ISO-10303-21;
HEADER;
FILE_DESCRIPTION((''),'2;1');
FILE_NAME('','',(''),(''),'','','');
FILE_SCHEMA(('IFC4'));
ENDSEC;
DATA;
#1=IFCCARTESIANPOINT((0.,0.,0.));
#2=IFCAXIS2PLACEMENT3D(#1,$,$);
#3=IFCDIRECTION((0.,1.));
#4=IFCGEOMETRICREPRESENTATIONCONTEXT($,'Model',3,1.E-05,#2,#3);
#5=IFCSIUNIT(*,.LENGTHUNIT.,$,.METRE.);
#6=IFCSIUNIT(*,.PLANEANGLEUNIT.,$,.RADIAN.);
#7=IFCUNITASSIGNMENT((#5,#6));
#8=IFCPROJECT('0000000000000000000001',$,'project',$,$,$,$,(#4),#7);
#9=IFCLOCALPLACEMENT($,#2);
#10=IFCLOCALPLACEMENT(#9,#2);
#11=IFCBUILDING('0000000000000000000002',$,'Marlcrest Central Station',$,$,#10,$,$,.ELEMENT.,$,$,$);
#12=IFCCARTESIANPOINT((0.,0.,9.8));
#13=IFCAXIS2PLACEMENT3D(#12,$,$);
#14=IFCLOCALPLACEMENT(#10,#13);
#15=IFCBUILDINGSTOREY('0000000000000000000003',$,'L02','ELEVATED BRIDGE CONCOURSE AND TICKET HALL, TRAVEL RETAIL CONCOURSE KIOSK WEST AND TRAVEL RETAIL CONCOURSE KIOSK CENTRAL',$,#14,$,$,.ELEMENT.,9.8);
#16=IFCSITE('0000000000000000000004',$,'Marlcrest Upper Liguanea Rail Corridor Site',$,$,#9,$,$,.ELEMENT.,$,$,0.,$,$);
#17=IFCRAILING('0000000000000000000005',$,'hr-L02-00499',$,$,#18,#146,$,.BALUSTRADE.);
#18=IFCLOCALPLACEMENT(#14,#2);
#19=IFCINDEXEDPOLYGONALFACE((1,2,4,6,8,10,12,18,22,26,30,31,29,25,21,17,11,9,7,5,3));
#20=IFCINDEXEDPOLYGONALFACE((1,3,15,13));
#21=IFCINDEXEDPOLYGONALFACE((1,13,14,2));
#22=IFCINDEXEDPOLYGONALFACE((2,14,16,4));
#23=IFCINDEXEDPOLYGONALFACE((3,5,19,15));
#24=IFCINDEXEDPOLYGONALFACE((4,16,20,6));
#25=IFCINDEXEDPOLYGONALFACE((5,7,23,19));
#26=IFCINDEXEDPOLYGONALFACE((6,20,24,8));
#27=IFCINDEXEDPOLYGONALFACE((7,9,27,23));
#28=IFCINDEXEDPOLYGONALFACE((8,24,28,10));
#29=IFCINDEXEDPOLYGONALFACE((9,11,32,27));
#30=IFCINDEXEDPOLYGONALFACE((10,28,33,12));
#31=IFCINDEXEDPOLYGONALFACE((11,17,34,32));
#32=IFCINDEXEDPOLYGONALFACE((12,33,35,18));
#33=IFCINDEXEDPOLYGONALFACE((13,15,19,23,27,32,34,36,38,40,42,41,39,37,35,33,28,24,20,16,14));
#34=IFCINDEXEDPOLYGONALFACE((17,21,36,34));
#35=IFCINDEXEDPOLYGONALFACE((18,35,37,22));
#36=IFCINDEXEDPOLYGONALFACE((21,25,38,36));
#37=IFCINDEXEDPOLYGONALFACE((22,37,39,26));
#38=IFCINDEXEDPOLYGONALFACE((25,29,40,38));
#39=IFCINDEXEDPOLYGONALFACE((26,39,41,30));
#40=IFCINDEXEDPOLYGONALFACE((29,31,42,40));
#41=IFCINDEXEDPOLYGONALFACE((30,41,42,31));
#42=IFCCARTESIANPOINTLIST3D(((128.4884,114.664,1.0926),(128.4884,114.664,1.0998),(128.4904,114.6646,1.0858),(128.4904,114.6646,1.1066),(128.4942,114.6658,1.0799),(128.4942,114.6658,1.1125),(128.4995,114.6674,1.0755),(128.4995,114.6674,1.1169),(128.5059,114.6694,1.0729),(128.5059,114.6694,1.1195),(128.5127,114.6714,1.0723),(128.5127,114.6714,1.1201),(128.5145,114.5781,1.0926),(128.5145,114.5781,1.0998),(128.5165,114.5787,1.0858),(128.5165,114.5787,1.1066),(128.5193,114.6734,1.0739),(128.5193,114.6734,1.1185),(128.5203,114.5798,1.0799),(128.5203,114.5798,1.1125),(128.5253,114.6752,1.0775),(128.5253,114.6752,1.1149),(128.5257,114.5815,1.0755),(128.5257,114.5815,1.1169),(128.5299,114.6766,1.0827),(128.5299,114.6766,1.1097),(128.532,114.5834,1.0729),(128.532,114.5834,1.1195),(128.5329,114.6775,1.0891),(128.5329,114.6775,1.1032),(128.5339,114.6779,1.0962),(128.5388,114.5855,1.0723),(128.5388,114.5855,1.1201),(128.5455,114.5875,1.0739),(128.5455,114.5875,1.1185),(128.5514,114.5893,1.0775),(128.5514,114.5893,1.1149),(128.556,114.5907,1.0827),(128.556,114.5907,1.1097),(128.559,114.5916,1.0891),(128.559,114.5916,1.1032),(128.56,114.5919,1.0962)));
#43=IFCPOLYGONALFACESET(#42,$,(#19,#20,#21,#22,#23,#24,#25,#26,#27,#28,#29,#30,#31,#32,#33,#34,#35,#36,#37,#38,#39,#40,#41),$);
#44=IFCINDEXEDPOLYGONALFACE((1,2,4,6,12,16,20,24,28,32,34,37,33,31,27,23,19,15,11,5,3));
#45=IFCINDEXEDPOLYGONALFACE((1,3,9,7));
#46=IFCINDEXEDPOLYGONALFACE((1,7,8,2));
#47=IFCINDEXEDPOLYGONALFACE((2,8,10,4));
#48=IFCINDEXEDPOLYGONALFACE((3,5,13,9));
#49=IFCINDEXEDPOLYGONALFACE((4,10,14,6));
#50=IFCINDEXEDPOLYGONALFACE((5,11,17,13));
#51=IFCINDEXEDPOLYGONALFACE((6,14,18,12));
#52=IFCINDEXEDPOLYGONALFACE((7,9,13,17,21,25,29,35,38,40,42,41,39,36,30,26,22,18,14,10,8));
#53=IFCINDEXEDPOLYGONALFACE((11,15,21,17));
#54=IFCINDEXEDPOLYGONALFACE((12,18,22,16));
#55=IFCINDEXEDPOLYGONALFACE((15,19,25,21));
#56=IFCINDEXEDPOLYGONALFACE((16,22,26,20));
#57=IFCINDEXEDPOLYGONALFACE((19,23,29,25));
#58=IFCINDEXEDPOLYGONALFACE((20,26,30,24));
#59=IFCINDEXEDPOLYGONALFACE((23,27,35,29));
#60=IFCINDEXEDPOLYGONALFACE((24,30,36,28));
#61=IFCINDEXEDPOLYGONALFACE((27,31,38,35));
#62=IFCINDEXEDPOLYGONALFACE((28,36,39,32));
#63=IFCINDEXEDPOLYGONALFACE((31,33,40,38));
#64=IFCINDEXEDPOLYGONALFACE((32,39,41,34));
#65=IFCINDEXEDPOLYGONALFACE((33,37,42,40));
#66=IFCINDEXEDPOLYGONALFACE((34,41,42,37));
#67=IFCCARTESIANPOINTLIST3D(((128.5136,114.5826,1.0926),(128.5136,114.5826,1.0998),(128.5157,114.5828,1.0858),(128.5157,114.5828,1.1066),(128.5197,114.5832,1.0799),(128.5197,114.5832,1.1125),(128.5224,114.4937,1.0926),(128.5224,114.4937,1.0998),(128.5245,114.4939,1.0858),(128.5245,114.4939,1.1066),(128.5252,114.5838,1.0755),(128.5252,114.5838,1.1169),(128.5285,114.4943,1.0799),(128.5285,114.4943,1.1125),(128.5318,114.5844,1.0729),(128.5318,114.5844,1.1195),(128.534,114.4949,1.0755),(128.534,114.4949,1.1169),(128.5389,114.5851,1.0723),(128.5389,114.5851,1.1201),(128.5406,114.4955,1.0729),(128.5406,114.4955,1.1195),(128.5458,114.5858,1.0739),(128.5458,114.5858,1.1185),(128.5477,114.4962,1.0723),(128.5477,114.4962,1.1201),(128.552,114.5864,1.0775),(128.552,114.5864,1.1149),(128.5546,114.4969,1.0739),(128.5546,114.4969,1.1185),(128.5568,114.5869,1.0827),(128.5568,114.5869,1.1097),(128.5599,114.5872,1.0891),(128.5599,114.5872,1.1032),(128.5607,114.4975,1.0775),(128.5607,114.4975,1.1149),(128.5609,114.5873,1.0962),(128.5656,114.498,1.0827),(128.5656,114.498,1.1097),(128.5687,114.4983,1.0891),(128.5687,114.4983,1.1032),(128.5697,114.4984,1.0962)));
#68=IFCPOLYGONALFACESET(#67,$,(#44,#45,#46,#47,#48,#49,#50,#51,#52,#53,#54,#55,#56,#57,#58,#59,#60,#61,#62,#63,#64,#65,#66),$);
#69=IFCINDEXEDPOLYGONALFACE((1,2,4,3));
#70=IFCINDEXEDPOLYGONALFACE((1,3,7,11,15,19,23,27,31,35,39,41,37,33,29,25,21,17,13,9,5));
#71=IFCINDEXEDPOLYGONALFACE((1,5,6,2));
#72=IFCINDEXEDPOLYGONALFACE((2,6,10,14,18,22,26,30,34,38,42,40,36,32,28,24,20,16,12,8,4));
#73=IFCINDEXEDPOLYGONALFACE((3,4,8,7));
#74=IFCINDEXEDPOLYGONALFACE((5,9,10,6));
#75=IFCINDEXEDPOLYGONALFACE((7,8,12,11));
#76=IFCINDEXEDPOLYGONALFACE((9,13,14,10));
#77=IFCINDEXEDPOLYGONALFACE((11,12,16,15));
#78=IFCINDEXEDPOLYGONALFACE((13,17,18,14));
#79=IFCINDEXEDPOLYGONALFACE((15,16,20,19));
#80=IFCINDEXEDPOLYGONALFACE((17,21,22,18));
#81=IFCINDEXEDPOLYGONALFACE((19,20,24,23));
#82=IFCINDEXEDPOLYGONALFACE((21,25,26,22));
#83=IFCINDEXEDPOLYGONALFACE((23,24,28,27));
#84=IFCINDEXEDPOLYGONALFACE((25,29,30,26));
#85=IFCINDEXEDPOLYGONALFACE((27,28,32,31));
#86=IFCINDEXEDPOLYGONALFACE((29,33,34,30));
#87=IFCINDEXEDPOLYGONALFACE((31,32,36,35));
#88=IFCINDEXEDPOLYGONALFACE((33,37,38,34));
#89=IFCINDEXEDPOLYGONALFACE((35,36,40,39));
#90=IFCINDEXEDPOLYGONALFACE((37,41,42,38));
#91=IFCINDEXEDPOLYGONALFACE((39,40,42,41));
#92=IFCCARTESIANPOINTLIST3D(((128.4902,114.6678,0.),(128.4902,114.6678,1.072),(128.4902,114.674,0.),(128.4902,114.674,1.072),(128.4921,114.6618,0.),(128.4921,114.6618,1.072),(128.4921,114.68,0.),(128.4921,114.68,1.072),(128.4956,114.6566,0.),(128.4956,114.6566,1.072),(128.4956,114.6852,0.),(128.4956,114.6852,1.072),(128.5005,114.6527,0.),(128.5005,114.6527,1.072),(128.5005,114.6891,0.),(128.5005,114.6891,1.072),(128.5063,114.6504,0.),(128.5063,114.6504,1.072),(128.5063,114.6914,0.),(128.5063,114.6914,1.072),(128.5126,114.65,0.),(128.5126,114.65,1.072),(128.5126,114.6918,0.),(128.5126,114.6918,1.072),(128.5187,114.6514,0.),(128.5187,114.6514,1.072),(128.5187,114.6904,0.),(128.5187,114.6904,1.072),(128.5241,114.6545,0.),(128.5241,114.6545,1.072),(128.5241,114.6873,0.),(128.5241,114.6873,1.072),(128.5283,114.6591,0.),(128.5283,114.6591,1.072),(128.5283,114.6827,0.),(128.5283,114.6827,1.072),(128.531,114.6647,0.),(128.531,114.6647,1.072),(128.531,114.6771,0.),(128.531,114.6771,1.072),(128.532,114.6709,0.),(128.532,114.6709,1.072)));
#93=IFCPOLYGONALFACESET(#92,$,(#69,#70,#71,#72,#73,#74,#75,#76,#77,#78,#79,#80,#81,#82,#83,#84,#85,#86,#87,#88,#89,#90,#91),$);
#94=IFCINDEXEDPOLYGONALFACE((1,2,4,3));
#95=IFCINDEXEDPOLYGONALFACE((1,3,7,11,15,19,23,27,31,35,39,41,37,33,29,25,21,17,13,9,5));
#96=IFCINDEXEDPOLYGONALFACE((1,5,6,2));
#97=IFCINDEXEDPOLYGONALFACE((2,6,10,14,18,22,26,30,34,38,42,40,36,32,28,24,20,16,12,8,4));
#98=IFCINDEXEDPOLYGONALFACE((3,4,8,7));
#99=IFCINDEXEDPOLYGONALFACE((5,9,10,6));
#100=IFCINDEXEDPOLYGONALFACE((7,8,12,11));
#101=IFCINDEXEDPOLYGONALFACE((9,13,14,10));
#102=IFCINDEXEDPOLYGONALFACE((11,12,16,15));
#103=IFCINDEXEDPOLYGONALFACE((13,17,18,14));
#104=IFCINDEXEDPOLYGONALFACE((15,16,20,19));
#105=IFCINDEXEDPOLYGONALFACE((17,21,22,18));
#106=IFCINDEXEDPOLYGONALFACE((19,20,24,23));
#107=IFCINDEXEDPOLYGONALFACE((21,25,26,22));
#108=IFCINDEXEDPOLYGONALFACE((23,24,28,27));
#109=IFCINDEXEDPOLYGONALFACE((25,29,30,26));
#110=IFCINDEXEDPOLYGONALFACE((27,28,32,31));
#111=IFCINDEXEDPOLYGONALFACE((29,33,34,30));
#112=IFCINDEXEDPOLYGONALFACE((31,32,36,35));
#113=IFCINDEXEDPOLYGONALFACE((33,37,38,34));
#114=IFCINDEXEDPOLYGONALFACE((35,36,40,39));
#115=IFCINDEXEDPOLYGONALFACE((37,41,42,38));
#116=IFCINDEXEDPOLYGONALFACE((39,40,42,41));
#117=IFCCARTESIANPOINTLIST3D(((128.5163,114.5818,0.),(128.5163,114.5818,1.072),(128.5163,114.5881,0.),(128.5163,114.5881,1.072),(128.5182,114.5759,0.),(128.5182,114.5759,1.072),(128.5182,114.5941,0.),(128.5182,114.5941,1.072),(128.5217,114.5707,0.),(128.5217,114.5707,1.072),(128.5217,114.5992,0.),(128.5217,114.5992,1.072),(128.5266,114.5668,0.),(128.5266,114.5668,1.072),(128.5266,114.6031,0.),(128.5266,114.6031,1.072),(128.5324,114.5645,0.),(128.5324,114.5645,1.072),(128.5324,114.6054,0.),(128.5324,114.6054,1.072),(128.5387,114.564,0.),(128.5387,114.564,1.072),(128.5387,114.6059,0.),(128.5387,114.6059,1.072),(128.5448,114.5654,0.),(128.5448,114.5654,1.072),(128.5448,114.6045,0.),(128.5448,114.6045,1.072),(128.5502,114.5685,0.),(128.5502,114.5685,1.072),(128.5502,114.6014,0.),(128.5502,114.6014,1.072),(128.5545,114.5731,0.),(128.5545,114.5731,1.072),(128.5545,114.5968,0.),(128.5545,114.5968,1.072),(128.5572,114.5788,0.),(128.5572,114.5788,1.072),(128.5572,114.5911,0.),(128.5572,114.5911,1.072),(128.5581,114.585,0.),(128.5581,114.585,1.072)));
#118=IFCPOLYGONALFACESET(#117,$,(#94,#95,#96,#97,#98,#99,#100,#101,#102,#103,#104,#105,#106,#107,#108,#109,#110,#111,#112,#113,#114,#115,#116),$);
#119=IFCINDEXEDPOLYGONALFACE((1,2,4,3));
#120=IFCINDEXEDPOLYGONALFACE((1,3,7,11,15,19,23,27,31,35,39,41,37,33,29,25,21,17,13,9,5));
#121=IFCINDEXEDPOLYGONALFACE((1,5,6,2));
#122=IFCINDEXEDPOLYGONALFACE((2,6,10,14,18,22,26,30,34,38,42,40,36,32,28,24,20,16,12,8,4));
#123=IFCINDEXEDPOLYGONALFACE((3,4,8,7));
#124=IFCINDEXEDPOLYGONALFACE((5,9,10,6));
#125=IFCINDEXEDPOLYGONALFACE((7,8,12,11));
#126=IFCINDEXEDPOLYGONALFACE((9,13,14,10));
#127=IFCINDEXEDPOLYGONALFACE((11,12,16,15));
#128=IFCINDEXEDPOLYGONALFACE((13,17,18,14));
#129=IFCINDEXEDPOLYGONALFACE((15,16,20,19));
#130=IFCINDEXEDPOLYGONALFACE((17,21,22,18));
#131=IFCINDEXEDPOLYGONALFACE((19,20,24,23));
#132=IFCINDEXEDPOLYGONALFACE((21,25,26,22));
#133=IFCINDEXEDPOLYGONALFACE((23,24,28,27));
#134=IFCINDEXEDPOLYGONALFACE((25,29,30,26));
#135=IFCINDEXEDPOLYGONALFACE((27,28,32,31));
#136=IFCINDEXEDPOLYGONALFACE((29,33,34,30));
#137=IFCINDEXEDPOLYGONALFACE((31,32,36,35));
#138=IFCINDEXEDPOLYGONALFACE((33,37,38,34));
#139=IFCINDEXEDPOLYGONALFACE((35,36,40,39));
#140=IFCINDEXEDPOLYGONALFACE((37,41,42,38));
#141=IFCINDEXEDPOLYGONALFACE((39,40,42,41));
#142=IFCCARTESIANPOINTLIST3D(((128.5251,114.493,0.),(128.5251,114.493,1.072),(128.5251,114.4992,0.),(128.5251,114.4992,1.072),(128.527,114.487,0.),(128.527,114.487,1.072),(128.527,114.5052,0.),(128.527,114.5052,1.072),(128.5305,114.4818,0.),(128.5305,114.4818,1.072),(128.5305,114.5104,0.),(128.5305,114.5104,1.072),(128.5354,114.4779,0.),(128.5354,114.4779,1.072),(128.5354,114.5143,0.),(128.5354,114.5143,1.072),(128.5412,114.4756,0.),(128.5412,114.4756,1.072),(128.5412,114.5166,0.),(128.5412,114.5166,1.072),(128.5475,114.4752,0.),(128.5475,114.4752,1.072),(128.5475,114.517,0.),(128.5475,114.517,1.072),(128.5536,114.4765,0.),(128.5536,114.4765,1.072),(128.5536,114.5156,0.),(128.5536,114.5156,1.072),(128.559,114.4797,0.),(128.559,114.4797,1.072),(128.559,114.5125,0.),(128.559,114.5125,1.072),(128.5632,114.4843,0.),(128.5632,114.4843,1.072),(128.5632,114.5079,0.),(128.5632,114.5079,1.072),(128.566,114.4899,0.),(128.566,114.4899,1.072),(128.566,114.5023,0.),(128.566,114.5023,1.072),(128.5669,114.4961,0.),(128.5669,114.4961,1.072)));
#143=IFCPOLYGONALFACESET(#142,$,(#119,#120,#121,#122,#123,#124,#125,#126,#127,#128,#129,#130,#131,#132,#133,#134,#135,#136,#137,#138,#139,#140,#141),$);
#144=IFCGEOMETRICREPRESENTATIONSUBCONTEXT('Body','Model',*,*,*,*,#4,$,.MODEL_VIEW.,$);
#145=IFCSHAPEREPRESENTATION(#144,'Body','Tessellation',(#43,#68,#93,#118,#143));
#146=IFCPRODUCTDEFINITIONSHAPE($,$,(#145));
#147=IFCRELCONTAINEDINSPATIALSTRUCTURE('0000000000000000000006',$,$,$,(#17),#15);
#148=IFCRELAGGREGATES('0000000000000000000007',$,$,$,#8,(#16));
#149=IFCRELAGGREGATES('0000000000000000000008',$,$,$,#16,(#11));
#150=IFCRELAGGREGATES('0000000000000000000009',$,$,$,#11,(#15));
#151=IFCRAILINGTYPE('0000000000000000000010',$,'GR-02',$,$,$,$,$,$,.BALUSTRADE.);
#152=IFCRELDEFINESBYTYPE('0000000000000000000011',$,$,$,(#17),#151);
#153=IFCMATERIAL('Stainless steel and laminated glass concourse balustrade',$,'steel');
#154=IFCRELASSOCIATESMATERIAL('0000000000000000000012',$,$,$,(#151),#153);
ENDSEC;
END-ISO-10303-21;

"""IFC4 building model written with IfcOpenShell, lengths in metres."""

from ifc_helpers import new_model, si_unit, direction, frame, origin, origin_2d, place, context, subcontext, project, spatial, circle, extrude, material, type_object, element, save


model = new_model("IFC4")

# Units and contexts
model_context = context("Model", 3, precision=1e-05, world=origin(), true_north=direction((0.0, 1.0)))
body_context = subcontext(model_context, "Body", "Model", "MODEL_VIEW")
ifc_project = project(units=[si_unit("LENGTHUNIT", "METRE"), si_unit("PLANEANGLEUNIT", "RADIAN")], contexts=[model_context])

# Site, building, storey
site_placement = place(None, origin())
site = spatial("IfcSite", under=ifc_project, at=site_placement, Name="Marlcrest Upper Liguanea Rail Corridor Site", CompositionType="ELEMENT", RefElevation=0.0)
building_placement = place(site_placement, origin())
building = spatial("IfcBuilding", under=site, at=building_placement, Name="Marlcrest Central Station", CompositionType="ELEMENT")
storey_placement = place(building_placement, frame((0.0, 0.0, 9.8)))
storey = spatial("IfcBuildingStorey", under=building, at=storey_placement, Name="L02", Description="ELEVATED BRIDGE CONCOURSE AND TICKET HALL, TRAVEL RETAIL CONCOURSE KIOSK WEST AND TRAVEL RETAIL CONCOURSE KIOSK CENTRAL", CompositionType="ELEMENT", Elevation=9.8)

# Railing
ifc_material_1 = material(Name="Stainless steel and laminated glass concourse balustrade", Category="steel")
railing_type = type_object("IfcRailingType", Name="GR-02", PredefinedType="BALUSTRADE", material=ifc_material_1)
railing_1_placement = place(storey_placement, frame((128.511, 114.6709, 0.0)))
element("IfcRailing", 1, at=railing_1_placement, inside=storey, type_object=railing_type, Name="hr-L02-00499", PredefinedType="BALUSTRADE", context=body_context, shape_type="SweptSolid", body=[
    extrude(circle(Radius=0.0239, at=origin_2d()), frame((0.0, 0.0, 1.0962), z_axis=(0.290837, -0.956773, 0.0), x_axis=(0.956773, 0.290837, 0.0)), (0.0, 0.0, 1.0), 0.0898),
    extrude(circle(Radius=0.0239, at=origin_2d()), frame((0.0261, -0.0859, 1.0962), z_axis=(0.098421, -0.995145, 0.0), x_axis=(0.995145, 0.098421, 0.0)), (0.0, 0.0, 1.0), 0.0894),
    extrude(circle(Radius=0.021, at=origin_2d()), origin(), (0.0, 0.0, 1.0), 1.072),
    extrude(circle(Radius=0.021, at=origin_2d()), frame((0.0261, -0.0859, 0.0)), (0.0, 0.0, 1.0), 1.072),
    extrude(circle(Radius=0.021, at=origin_2d()), frame((0.0349, -0.1748, 0.0)), (0.0, 0.0, 1.0), 1.072),
])

save(model, "model.ifc")
